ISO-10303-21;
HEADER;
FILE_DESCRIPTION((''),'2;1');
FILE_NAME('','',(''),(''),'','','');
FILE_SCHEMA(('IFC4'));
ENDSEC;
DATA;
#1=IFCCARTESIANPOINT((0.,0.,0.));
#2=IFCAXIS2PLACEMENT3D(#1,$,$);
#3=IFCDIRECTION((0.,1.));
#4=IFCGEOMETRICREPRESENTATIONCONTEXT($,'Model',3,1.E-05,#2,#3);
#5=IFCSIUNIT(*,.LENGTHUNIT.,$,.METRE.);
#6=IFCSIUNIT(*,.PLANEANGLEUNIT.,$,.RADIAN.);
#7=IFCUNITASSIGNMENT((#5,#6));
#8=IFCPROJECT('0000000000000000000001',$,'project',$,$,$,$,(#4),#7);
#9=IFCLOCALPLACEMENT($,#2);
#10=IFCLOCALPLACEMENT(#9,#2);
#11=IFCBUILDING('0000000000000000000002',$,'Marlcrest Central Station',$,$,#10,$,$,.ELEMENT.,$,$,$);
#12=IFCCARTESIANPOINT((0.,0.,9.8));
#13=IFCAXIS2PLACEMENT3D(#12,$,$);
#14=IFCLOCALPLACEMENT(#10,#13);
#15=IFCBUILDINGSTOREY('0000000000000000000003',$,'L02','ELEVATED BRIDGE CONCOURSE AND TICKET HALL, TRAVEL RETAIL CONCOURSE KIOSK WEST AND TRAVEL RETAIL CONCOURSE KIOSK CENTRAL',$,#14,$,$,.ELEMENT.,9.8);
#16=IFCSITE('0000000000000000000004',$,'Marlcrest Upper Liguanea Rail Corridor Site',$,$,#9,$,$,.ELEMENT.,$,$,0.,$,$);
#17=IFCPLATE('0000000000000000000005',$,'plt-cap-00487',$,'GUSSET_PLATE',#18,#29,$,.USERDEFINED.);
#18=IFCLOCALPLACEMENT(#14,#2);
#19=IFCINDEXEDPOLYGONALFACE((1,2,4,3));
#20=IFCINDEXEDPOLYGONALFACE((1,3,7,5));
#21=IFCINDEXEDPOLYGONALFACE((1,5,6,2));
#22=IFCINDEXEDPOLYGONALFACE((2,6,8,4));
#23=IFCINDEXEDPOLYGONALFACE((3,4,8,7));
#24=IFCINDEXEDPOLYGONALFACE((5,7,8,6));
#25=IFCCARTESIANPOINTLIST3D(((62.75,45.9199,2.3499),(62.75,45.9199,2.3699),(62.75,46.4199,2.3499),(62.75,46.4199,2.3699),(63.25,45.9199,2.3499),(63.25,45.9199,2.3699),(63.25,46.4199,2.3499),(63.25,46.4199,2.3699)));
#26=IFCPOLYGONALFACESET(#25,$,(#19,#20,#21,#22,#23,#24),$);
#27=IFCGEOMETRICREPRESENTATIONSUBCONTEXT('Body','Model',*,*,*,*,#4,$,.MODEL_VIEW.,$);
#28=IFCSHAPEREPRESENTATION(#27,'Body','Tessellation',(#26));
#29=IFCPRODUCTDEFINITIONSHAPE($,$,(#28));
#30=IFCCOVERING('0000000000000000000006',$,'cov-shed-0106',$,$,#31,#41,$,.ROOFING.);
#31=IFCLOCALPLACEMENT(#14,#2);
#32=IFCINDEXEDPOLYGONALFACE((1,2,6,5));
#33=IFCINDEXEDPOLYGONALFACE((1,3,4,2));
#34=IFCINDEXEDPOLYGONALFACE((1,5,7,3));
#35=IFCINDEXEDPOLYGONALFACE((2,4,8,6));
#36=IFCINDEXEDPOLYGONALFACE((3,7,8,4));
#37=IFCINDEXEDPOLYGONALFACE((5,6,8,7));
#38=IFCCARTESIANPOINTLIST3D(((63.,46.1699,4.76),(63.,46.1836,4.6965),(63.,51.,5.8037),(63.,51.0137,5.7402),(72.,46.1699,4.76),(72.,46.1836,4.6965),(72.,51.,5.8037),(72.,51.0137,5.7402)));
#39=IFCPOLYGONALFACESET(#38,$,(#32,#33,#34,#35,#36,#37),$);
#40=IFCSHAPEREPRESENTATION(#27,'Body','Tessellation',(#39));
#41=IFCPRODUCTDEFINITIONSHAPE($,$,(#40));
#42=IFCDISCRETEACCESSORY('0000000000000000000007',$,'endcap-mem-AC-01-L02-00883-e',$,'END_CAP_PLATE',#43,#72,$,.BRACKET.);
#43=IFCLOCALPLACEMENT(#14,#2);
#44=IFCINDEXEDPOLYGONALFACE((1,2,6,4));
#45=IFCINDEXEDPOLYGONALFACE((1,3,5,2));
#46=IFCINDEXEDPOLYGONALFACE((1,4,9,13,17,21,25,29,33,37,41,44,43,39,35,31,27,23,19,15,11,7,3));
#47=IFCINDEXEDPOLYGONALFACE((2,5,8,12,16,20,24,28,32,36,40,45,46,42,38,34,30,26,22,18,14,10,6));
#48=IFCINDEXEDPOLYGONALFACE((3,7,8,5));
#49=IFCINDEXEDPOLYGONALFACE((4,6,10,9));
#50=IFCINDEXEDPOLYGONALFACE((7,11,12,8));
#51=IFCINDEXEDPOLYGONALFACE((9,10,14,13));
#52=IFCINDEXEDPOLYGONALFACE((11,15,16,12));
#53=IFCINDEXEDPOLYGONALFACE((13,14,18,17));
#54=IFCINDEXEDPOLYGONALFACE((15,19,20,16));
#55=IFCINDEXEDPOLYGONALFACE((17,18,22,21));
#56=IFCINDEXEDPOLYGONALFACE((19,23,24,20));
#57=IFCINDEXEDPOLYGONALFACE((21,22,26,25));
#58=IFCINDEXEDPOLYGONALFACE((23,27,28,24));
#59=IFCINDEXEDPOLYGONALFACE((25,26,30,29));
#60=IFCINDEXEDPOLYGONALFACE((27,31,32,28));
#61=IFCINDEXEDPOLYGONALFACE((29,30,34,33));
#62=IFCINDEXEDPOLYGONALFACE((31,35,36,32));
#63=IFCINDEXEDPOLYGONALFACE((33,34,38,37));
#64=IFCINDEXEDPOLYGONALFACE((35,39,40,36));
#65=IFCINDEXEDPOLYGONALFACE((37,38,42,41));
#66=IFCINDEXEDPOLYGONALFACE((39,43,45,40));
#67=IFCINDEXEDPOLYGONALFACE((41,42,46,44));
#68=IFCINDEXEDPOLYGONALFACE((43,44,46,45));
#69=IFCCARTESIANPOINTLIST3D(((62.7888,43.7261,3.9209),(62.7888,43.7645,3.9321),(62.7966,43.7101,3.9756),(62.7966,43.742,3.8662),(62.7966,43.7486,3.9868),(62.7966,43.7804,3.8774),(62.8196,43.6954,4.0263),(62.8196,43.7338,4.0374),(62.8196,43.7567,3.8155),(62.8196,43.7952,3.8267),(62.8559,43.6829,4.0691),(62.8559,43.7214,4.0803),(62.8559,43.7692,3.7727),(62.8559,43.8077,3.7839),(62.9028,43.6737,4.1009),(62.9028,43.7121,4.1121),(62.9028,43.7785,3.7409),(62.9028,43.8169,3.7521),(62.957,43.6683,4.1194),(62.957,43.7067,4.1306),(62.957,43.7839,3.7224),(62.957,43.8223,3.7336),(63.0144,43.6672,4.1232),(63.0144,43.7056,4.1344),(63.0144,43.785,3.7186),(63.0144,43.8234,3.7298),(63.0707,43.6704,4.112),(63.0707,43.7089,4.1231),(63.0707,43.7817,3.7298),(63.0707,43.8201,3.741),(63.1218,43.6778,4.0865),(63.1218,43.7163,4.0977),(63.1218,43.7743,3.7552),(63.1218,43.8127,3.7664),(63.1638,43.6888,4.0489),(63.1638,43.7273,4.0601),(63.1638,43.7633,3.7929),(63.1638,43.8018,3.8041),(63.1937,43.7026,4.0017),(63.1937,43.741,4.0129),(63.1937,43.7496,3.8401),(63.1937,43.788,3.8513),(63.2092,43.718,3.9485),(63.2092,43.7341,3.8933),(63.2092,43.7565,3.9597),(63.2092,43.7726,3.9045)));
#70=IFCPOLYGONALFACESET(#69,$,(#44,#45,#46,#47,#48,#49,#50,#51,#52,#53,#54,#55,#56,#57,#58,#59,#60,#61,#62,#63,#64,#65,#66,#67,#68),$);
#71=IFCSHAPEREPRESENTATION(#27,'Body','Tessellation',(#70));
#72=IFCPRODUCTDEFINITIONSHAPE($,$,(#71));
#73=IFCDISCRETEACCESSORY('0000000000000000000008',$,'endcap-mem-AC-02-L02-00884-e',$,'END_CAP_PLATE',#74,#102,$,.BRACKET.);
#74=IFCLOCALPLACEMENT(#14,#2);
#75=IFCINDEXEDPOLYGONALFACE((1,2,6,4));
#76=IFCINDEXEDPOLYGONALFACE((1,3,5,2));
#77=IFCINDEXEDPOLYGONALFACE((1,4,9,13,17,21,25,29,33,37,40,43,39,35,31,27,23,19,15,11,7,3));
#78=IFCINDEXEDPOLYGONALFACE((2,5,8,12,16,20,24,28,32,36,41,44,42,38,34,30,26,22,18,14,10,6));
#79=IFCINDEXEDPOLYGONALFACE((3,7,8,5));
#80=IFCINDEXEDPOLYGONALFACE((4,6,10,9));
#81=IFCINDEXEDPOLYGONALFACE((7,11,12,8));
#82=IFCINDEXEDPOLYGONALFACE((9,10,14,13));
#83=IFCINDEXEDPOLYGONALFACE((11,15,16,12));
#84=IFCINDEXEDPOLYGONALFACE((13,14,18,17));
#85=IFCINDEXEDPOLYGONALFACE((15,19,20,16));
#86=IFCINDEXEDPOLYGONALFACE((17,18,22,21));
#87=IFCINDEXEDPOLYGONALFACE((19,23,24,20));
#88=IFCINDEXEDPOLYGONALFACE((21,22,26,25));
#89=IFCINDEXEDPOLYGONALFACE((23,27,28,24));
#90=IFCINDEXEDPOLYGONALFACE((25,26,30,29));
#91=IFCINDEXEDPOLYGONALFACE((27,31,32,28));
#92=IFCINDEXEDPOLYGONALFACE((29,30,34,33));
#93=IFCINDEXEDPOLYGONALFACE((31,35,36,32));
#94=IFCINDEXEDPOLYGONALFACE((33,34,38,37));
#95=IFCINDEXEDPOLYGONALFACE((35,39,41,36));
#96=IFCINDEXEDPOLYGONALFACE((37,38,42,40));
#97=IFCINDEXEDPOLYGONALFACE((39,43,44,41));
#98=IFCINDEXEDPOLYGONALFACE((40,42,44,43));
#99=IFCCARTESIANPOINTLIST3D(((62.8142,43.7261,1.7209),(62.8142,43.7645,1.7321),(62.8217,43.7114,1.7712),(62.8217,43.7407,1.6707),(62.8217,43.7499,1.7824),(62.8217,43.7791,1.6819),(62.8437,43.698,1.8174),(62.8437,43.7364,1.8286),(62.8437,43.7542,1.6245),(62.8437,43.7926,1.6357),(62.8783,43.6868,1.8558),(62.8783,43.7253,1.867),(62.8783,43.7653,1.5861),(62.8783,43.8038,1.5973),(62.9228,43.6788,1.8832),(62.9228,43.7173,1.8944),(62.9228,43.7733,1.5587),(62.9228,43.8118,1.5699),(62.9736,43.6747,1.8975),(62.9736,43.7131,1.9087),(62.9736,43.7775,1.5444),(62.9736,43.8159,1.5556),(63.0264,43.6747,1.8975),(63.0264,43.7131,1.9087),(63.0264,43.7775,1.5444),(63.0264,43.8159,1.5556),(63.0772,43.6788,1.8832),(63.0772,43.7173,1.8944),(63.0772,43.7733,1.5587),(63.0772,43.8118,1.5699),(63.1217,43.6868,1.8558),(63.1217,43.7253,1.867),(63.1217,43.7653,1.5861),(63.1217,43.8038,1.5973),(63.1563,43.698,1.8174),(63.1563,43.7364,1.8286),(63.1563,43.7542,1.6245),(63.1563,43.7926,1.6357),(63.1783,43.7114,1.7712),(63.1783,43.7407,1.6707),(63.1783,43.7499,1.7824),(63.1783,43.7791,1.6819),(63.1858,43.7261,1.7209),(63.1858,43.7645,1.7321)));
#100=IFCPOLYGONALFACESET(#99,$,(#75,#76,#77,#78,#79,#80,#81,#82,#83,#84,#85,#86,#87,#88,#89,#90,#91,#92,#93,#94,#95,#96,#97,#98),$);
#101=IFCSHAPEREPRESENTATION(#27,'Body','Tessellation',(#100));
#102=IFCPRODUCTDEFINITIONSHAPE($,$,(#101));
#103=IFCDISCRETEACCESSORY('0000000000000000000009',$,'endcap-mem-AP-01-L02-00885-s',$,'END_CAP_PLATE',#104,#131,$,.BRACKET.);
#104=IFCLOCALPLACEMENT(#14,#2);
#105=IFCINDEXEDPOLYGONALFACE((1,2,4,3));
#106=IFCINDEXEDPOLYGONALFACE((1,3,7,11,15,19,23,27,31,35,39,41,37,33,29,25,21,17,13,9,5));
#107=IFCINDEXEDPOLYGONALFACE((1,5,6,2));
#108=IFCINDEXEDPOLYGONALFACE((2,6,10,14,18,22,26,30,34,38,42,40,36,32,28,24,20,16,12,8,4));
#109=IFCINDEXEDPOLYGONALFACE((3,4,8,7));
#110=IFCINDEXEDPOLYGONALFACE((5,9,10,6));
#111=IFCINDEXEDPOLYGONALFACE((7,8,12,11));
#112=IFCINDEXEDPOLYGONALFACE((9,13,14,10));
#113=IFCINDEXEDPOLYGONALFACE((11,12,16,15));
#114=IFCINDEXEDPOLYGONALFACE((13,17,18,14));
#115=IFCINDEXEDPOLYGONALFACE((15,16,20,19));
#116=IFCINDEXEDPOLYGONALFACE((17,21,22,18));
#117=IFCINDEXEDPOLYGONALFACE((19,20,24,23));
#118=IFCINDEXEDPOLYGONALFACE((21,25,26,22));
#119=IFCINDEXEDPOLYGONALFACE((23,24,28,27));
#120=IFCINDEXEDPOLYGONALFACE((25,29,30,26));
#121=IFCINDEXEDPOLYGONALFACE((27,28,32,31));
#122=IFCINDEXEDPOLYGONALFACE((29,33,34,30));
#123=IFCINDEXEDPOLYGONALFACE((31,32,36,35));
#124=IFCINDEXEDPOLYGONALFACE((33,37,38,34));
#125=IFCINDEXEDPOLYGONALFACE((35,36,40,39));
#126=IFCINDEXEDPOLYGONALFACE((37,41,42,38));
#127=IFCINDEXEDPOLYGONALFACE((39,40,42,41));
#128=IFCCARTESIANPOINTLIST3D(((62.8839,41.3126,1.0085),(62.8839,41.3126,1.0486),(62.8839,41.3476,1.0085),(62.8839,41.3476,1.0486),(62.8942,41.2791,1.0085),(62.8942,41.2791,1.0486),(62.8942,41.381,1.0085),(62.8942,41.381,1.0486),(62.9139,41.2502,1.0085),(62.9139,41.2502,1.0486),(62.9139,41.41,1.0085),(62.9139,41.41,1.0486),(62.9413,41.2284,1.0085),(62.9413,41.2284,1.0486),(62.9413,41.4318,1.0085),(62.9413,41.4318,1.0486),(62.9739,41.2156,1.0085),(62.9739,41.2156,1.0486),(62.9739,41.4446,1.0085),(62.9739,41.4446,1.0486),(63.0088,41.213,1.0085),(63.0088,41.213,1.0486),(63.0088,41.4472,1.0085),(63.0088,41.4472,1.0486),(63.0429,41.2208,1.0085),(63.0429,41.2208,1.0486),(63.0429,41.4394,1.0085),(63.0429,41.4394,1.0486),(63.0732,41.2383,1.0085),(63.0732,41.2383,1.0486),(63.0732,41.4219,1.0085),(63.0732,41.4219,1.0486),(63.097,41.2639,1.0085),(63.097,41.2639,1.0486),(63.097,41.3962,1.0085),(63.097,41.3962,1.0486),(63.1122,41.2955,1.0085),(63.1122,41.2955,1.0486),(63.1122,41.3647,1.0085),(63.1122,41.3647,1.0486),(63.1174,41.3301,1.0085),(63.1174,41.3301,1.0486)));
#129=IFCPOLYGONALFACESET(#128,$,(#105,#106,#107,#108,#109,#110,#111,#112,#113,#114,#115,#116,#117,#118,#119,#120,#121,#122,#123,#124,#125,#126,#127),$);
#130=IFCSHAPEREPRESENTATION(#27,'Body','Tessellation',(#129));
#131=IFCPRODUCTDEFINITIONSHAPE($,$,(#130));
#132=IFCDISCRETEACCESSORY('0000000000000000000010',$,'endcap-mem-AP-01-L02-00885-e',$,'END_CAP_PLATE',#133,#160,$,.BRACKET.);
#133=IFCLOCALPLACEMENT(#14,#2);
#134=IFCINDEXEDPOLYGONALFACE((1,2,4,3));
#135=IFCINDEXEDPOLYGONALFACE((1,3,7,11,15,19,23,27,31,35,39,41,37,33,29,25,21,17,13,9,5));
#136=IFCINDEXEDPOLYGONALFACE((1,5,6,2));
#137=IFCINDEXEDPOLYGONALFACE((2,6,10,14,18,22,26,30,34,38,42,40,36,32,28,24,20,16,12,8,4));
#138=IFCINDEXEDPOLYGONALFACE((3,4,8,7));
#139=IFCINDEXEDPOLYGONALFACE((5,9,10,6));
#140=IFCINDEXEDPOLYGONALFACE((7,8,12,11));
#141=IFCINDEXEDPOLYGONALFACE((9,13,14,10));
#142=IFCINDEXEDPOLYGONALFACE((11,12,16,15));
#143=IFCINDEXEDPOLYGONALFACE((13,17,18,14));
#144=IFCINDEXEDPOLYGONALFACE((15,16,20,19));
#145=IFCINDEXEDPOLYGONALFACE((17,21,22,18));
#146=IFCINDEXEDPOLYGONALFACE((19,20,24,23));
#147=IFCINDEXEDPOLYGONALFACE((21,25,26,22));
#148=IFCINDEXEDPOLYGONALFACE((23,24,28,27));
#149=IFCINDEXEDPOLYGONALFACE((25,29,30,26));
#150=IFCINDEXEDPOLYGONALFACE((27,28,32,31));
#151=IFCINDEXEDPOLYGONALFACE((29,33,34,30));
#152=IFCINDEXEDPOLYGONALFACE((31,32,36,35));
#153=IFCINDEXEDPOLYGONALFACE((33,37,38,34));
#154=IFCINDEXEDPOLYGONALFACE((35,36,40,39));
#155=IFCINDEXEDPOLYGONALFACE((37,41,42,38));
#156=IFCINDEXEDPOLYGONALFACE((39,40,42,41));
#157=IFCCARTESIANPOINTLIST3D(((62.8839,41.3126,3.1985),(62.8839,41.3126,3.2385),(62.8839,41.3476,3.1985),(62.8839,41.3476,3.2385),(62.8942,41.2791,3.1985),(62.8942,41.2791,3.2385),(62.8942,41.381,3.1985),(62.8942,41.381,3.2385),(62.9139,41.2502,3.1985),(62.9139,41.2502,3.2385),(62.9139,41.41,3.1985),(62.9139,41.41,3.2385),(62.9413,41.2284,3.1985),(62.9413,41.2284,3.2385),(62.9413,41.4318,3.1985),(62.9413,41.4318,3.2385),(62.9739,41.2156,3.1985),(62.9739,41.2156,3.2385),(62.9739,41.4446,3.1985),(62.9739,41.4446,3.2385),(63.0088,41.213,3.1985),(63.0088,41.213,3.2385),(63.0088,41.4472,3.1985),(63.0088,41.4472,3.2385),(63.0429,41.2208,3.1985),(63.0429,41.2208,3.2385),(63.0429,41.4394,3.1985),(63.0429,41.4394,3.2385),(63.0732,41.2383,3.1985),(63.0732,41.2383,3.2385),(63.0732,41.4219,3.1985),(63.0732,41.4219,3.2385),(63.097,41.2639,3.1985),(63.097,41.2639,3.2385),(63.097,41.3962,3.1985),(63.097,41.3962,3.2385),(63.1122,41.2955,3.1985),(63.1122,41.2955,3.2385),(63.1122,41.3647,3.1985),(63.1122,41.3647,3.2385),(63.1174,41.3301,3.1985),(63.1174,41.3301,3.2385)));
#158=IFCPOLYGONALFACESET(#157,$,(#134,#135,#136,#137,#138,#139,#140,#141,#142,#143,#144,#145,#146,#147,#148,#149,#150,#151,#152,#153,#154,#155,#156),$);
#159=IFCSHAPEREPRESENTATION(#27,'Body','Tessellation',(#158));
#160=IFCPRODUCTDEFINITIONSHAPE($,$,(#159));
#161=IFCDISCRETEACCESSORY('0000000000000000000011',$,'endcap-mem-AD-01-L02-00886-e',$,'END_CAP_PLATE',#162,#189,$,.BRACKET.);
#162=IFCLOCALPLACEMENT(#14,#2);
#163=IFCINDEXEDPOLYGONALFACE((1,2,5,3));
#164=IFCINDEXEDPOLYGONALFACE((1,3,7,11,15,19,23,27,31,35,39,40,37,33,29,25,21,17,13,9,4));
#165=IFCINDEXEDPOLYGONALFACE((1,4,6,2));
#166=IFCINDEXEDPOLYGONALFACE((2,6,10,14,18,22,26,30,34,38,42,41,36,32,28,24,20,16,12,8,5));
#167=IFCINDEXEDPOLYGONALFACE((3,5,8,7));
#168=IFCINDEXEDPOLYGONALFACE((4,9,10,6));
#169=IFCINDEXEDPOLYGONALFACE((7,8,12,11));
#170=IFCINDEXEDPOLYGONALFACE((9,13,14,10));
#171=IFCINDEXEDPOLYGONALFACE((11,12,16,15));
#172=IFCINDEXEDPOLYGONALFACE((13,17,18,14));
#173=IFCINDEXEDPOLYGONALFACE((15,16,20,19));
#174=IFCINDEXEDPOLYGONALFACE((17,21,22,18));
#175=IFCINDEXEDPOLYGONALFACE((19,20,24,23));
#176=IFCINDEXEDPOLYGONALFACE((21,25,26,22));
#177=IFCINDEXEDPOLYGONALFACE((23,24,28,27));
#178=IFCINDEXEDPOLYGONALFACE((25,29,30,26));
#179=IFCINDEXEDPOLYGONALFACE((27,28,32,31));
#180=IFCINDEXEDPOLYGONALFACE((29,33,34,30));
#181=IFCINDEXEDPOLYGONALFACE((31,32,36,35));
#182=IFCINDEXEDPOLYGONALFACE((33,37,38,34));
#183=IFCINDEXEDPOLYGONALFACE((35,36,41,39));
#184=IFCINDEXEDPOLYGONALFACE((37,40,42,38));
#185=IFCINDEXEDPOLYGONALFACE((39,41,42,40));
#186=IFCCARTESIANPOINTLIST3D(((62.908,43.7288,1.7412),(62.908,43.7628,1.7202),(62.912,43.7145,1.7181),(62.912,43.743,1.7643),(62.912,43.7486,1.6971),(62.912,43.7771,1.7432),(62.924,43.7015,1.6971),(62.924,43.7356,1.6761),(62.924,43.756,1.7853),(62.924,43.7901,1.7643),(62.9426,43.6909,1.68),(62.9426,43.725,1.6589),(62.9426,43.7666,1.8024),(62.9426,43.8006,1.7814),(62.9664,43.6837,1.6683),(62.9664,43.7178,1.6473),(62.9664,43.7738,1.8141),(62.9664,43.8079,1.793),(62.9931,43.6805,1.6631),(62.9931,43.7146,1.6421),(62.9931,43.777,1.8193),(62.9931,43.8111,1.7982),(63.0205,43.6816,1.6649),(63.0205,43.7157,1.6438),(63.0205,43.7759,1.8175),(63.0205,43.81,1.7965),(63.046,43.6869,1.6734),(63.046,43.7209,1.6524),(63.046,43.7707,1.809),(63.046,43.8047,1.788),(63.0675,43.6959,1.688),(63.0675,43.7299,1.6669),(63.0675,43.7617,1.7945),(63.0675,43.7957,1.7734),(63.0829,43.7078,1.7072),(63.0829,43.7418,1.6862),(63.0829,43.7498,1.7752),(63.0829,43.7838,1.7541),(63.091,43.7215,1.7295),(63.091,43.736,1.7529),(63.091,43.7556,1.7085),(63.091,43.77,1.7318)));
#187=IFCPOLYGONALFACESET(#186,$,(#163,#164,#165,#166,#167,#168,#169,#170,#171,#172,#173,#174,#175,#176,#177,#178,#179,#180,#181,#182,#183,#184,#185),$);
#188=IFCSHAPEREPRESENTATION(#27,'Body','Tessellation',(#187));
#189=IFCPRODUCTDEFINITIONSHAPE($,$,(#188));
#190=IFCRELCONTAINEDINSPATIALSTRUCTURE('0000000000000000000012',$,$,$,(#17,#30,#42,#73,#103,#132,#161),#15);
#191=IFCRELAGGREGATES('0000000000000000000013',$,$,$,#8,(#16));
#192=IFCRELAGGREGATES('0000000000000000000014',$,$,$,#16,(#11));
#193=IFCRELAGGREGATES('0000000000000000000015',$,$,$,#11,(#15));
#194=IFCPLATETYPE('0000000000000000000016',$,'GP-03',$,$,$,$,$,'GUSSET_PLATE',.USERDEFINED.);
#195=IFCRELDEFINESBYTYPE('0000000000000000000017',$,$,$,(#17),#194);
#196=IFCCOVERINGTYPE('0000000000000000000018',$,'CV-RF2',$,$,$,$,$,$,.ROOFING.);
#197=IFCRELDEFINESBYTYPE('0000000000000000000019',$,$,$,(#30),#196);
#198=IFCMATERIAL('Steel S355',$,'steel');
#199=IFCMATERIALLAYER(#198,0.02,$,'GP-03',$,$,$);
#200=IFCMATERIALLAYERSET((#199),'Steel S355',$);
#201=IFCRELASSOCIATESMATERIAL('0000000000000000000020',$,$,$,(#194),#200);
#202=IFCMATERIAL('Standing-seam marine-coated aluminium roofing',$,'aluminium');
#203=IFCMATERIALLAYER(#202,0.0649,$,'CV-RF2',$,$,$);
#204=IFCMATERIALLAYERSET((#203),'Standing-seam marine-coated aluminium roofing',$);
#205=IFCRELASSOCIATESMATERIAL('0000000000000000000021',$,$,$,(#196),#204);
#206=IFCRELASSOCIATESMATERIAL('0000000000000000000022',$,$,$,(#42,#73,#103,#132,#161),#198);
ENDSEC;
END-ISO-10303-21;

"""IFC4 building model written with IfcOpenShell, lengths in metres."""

from ifc_helpers import new_model, si_unit, direction, frame, origin, origin_2d, place, context, subcontext, project, spatial, polyline, rectangle, circle, outline, extrude, material, layer, layer_set, type_object, element, save


model = new_model("IFC4")

# Units and contexts
model_context = context("Model", 3, precision=1e-05, world=origin(), true_north=direction((0.0, 1.0)))
body_context = subcontext(model_context, "Body", "Model", "MODEL_VIEW")
ifc_project = project(units=[si_unit("LENGTHUNIT", "METRE"), si_unit("PLANEANGLEUNIT", "RADIAN")], contexts=[model_context])

# Site, building, storey
site_placement = place(None, origin())
site = spatial("IfcSite", under=ifc_project, at=site_placement, Name="Marlcrest Upper Liguanea Rail Corridor Site", CompositionType="ELEMENT", RefElevation=0.0)
building_placement = place(site_placement, origin())
building = spatial("IfcBuilding", under=site, at=building_placement, Name="Marlcrest Central Station", CompositionType="ELEMENT")
storey_placement = place(building_placement, frame((0.0, 0.0, 9.8)))
storey = spatial("IfcBuildingStorey", under=building, at=storey_placement, Name="L02", Description="ELEVATED BRIDGE CONCOURSE AND TICKET HALL, TRAVEL RETAIL CONCOURSE KIOSK WEST AND TRAVEL RETAIL CONCOURSE KIOSK CENTRAL", CompositionType="ELEMENT", Elevation=9.8)

# Shared definitions
ifc_material_1 = material(Name="Steel S355", Category="steel")

# Plate
ifc_layer_1 = layer(ifc_material_1, 0.02, Name="GP-03")
ifc_layer_set_1 = layer_set([ifc_layer_1], Name="Steel S355")
plate_type = type_object("IfcPlateType", Name="GP-03", ElementType="GUSSET_PLATE", PredefinedType="USERDEFINED", material=ifc_layer_set_1)
for number, where, z_axis, x_axis, name in (
    (1, (63.0, 46.1699, 2.3499), (0.0, 0.0, 1.0), (1.0, 0.0, 0.0), "plt-cap-00487"),
):
    element("IfcPlate", number, at=place(storey_placement, frame(where, z_axis=z_axis, x_axis=x_axis)), inside=storey, type_object=plate_type, Name=name, ObjectType="GUSSET_PLATE", PredefinedType="USERDEFINED", context=body_context, shape_type="SweptSolid", body=[
        extrude(rectangle(XDim=0.5, YDim=0.5, at=origin_2d()), origin(), (0.0, 0.0, 1.0), 0.02),
    ])

# Covering
ifc_material_2 = material(Name="Standing-seam marine-coated aluminium roofing", Category="aluminium")
ifc_layer_2 = layer(ifc_material_2, 0.0649, Name="CV-RF2")
ifc_layer_set_2 = layer_set([ifc_layer_2], Name="Standing-seam marine-coated aluminium roofing")
covering_type = type_object("IfcCoveringType", Name="CV-RF2", PredefinedType="ROOFING", material=ifc_layer_set_2)
covering_placement = place(storey_placement, frame((63.0, 46.1699, 4.76), z_axis=(0.0, -0.211209, 0.977441), x_axis=(1.0, 0.0, 0.0)))
element("IfcCovering", 2, at=covering_placement, inside=storey, type_object=covering_type, Name="cov-shed-0106", PredefinedType="ROOFING", context=body_context, shape_type="SweptSolid", body=[
    extrude(outline(polyline([(0.0, 0.0), (9.0, 0.0), (9.0, 4.9416), (0.0, 4.9416), (0.0, 0.0)])), origin(), (0.0, 0.0, -1.0), 0.0649),
])

# Discrete accessories
discrete_accessory_1_placement = place(storey_placement, frame((63.0, 43.7261, 3.9209), z_axis=(0.0, 0.96013, 0.279554), x_axis=(-1.0, 0.0, 0.0)))
element("IfcDiscreteAccessory", 3, at=discrete_accessory_1_placement, inside=storey, material=ifc_material_1, Name="endcap-mem-AC-01-L02-00883-e", ObjectType="END_CAP_PLATE", PredefinedType="BRACKET", context=body_context, shape_type="SweptSolid", body=[
    extrude(circle(Radius=0.2112, at=origin_2d()), origin(), (0.0, 0.0, 1.0), 0.04),
])
discrete_accessory_2_placement = place(storey_placement, frame((63.0, 43.7261, 1.7209), z_axis=(0.0, 0.96013, 0.279554), x_axis=(-1.0, 0.0, 0.0)))
element("IfcDiscreteAccessory", 4, at=discrete_accessory_2_placement, inside=storey, material=ifc_material_1, Name="endcap-mem-AC-02-L02-00884-e", ObjectType="END_CAP_PLATE", PredefinedType="BRACKET", context=body_context, shape_type="SweptSolid", body=[
    extrude(circle(Radius=0.1858, at=origin_2d()), origin(), (0.0, 0.0, 1.0), 0.04),
])
for number, where, z_axis, x_axis, name in (
    (5, (63.0, 41.3301, 1.0085), (0.0, 0.0, 1.0), (1.0, 0.0, 0.0), "endcap-mem-AP-01-L02-00885-s"),
    (6, (63.0, 41.3301, 3.1985), (0.0, 0.0, 1.0), (1.0, 0.0, 0.0), "endcap-mem-AP-01-L02-00885-e"),
):
    element("IfcDiscreteAccessory", number, at=place(storey_placement, frame(where, z_axis=z_axis, x_axis=x_axis)), inside=storey, material=ifc_material_1, Name=name, ObjectType="END_CAP_PLATE", PredefinedType="BRACKET", context=body_context, shape_type="SweptSolid", body=[
        extrude(circle(Radius=0.1174, at=origin_2d()), origin(), (0.0, 0.0, 1.0), 0.04),
    ])
discrete_accessory_3_placement = place(storey_placement, frame((63.0, 43.7288, 1.7412), z_axis=(0.0, 0.850687, -0.525672), x_axis=(-1.0, 0.0, 0.0)))
element("IfcDiscreteAccessory", 7, at=discrete_accessory_3_placement, inside=storey, material=ifc_material_1, Name="endcap-mem-AD-01-L02-00886-e", ObjectType="END_CAP_PLATE", PredefinedType="BRACKET", context=body_context, shape_type="SweptSolid", body=[
    extrude(circle(Radius=0.092, at=origin_2d()), origin(), (0.0, 0.0, 1.0), 0.04),
])

save(model, "model.ifc")
